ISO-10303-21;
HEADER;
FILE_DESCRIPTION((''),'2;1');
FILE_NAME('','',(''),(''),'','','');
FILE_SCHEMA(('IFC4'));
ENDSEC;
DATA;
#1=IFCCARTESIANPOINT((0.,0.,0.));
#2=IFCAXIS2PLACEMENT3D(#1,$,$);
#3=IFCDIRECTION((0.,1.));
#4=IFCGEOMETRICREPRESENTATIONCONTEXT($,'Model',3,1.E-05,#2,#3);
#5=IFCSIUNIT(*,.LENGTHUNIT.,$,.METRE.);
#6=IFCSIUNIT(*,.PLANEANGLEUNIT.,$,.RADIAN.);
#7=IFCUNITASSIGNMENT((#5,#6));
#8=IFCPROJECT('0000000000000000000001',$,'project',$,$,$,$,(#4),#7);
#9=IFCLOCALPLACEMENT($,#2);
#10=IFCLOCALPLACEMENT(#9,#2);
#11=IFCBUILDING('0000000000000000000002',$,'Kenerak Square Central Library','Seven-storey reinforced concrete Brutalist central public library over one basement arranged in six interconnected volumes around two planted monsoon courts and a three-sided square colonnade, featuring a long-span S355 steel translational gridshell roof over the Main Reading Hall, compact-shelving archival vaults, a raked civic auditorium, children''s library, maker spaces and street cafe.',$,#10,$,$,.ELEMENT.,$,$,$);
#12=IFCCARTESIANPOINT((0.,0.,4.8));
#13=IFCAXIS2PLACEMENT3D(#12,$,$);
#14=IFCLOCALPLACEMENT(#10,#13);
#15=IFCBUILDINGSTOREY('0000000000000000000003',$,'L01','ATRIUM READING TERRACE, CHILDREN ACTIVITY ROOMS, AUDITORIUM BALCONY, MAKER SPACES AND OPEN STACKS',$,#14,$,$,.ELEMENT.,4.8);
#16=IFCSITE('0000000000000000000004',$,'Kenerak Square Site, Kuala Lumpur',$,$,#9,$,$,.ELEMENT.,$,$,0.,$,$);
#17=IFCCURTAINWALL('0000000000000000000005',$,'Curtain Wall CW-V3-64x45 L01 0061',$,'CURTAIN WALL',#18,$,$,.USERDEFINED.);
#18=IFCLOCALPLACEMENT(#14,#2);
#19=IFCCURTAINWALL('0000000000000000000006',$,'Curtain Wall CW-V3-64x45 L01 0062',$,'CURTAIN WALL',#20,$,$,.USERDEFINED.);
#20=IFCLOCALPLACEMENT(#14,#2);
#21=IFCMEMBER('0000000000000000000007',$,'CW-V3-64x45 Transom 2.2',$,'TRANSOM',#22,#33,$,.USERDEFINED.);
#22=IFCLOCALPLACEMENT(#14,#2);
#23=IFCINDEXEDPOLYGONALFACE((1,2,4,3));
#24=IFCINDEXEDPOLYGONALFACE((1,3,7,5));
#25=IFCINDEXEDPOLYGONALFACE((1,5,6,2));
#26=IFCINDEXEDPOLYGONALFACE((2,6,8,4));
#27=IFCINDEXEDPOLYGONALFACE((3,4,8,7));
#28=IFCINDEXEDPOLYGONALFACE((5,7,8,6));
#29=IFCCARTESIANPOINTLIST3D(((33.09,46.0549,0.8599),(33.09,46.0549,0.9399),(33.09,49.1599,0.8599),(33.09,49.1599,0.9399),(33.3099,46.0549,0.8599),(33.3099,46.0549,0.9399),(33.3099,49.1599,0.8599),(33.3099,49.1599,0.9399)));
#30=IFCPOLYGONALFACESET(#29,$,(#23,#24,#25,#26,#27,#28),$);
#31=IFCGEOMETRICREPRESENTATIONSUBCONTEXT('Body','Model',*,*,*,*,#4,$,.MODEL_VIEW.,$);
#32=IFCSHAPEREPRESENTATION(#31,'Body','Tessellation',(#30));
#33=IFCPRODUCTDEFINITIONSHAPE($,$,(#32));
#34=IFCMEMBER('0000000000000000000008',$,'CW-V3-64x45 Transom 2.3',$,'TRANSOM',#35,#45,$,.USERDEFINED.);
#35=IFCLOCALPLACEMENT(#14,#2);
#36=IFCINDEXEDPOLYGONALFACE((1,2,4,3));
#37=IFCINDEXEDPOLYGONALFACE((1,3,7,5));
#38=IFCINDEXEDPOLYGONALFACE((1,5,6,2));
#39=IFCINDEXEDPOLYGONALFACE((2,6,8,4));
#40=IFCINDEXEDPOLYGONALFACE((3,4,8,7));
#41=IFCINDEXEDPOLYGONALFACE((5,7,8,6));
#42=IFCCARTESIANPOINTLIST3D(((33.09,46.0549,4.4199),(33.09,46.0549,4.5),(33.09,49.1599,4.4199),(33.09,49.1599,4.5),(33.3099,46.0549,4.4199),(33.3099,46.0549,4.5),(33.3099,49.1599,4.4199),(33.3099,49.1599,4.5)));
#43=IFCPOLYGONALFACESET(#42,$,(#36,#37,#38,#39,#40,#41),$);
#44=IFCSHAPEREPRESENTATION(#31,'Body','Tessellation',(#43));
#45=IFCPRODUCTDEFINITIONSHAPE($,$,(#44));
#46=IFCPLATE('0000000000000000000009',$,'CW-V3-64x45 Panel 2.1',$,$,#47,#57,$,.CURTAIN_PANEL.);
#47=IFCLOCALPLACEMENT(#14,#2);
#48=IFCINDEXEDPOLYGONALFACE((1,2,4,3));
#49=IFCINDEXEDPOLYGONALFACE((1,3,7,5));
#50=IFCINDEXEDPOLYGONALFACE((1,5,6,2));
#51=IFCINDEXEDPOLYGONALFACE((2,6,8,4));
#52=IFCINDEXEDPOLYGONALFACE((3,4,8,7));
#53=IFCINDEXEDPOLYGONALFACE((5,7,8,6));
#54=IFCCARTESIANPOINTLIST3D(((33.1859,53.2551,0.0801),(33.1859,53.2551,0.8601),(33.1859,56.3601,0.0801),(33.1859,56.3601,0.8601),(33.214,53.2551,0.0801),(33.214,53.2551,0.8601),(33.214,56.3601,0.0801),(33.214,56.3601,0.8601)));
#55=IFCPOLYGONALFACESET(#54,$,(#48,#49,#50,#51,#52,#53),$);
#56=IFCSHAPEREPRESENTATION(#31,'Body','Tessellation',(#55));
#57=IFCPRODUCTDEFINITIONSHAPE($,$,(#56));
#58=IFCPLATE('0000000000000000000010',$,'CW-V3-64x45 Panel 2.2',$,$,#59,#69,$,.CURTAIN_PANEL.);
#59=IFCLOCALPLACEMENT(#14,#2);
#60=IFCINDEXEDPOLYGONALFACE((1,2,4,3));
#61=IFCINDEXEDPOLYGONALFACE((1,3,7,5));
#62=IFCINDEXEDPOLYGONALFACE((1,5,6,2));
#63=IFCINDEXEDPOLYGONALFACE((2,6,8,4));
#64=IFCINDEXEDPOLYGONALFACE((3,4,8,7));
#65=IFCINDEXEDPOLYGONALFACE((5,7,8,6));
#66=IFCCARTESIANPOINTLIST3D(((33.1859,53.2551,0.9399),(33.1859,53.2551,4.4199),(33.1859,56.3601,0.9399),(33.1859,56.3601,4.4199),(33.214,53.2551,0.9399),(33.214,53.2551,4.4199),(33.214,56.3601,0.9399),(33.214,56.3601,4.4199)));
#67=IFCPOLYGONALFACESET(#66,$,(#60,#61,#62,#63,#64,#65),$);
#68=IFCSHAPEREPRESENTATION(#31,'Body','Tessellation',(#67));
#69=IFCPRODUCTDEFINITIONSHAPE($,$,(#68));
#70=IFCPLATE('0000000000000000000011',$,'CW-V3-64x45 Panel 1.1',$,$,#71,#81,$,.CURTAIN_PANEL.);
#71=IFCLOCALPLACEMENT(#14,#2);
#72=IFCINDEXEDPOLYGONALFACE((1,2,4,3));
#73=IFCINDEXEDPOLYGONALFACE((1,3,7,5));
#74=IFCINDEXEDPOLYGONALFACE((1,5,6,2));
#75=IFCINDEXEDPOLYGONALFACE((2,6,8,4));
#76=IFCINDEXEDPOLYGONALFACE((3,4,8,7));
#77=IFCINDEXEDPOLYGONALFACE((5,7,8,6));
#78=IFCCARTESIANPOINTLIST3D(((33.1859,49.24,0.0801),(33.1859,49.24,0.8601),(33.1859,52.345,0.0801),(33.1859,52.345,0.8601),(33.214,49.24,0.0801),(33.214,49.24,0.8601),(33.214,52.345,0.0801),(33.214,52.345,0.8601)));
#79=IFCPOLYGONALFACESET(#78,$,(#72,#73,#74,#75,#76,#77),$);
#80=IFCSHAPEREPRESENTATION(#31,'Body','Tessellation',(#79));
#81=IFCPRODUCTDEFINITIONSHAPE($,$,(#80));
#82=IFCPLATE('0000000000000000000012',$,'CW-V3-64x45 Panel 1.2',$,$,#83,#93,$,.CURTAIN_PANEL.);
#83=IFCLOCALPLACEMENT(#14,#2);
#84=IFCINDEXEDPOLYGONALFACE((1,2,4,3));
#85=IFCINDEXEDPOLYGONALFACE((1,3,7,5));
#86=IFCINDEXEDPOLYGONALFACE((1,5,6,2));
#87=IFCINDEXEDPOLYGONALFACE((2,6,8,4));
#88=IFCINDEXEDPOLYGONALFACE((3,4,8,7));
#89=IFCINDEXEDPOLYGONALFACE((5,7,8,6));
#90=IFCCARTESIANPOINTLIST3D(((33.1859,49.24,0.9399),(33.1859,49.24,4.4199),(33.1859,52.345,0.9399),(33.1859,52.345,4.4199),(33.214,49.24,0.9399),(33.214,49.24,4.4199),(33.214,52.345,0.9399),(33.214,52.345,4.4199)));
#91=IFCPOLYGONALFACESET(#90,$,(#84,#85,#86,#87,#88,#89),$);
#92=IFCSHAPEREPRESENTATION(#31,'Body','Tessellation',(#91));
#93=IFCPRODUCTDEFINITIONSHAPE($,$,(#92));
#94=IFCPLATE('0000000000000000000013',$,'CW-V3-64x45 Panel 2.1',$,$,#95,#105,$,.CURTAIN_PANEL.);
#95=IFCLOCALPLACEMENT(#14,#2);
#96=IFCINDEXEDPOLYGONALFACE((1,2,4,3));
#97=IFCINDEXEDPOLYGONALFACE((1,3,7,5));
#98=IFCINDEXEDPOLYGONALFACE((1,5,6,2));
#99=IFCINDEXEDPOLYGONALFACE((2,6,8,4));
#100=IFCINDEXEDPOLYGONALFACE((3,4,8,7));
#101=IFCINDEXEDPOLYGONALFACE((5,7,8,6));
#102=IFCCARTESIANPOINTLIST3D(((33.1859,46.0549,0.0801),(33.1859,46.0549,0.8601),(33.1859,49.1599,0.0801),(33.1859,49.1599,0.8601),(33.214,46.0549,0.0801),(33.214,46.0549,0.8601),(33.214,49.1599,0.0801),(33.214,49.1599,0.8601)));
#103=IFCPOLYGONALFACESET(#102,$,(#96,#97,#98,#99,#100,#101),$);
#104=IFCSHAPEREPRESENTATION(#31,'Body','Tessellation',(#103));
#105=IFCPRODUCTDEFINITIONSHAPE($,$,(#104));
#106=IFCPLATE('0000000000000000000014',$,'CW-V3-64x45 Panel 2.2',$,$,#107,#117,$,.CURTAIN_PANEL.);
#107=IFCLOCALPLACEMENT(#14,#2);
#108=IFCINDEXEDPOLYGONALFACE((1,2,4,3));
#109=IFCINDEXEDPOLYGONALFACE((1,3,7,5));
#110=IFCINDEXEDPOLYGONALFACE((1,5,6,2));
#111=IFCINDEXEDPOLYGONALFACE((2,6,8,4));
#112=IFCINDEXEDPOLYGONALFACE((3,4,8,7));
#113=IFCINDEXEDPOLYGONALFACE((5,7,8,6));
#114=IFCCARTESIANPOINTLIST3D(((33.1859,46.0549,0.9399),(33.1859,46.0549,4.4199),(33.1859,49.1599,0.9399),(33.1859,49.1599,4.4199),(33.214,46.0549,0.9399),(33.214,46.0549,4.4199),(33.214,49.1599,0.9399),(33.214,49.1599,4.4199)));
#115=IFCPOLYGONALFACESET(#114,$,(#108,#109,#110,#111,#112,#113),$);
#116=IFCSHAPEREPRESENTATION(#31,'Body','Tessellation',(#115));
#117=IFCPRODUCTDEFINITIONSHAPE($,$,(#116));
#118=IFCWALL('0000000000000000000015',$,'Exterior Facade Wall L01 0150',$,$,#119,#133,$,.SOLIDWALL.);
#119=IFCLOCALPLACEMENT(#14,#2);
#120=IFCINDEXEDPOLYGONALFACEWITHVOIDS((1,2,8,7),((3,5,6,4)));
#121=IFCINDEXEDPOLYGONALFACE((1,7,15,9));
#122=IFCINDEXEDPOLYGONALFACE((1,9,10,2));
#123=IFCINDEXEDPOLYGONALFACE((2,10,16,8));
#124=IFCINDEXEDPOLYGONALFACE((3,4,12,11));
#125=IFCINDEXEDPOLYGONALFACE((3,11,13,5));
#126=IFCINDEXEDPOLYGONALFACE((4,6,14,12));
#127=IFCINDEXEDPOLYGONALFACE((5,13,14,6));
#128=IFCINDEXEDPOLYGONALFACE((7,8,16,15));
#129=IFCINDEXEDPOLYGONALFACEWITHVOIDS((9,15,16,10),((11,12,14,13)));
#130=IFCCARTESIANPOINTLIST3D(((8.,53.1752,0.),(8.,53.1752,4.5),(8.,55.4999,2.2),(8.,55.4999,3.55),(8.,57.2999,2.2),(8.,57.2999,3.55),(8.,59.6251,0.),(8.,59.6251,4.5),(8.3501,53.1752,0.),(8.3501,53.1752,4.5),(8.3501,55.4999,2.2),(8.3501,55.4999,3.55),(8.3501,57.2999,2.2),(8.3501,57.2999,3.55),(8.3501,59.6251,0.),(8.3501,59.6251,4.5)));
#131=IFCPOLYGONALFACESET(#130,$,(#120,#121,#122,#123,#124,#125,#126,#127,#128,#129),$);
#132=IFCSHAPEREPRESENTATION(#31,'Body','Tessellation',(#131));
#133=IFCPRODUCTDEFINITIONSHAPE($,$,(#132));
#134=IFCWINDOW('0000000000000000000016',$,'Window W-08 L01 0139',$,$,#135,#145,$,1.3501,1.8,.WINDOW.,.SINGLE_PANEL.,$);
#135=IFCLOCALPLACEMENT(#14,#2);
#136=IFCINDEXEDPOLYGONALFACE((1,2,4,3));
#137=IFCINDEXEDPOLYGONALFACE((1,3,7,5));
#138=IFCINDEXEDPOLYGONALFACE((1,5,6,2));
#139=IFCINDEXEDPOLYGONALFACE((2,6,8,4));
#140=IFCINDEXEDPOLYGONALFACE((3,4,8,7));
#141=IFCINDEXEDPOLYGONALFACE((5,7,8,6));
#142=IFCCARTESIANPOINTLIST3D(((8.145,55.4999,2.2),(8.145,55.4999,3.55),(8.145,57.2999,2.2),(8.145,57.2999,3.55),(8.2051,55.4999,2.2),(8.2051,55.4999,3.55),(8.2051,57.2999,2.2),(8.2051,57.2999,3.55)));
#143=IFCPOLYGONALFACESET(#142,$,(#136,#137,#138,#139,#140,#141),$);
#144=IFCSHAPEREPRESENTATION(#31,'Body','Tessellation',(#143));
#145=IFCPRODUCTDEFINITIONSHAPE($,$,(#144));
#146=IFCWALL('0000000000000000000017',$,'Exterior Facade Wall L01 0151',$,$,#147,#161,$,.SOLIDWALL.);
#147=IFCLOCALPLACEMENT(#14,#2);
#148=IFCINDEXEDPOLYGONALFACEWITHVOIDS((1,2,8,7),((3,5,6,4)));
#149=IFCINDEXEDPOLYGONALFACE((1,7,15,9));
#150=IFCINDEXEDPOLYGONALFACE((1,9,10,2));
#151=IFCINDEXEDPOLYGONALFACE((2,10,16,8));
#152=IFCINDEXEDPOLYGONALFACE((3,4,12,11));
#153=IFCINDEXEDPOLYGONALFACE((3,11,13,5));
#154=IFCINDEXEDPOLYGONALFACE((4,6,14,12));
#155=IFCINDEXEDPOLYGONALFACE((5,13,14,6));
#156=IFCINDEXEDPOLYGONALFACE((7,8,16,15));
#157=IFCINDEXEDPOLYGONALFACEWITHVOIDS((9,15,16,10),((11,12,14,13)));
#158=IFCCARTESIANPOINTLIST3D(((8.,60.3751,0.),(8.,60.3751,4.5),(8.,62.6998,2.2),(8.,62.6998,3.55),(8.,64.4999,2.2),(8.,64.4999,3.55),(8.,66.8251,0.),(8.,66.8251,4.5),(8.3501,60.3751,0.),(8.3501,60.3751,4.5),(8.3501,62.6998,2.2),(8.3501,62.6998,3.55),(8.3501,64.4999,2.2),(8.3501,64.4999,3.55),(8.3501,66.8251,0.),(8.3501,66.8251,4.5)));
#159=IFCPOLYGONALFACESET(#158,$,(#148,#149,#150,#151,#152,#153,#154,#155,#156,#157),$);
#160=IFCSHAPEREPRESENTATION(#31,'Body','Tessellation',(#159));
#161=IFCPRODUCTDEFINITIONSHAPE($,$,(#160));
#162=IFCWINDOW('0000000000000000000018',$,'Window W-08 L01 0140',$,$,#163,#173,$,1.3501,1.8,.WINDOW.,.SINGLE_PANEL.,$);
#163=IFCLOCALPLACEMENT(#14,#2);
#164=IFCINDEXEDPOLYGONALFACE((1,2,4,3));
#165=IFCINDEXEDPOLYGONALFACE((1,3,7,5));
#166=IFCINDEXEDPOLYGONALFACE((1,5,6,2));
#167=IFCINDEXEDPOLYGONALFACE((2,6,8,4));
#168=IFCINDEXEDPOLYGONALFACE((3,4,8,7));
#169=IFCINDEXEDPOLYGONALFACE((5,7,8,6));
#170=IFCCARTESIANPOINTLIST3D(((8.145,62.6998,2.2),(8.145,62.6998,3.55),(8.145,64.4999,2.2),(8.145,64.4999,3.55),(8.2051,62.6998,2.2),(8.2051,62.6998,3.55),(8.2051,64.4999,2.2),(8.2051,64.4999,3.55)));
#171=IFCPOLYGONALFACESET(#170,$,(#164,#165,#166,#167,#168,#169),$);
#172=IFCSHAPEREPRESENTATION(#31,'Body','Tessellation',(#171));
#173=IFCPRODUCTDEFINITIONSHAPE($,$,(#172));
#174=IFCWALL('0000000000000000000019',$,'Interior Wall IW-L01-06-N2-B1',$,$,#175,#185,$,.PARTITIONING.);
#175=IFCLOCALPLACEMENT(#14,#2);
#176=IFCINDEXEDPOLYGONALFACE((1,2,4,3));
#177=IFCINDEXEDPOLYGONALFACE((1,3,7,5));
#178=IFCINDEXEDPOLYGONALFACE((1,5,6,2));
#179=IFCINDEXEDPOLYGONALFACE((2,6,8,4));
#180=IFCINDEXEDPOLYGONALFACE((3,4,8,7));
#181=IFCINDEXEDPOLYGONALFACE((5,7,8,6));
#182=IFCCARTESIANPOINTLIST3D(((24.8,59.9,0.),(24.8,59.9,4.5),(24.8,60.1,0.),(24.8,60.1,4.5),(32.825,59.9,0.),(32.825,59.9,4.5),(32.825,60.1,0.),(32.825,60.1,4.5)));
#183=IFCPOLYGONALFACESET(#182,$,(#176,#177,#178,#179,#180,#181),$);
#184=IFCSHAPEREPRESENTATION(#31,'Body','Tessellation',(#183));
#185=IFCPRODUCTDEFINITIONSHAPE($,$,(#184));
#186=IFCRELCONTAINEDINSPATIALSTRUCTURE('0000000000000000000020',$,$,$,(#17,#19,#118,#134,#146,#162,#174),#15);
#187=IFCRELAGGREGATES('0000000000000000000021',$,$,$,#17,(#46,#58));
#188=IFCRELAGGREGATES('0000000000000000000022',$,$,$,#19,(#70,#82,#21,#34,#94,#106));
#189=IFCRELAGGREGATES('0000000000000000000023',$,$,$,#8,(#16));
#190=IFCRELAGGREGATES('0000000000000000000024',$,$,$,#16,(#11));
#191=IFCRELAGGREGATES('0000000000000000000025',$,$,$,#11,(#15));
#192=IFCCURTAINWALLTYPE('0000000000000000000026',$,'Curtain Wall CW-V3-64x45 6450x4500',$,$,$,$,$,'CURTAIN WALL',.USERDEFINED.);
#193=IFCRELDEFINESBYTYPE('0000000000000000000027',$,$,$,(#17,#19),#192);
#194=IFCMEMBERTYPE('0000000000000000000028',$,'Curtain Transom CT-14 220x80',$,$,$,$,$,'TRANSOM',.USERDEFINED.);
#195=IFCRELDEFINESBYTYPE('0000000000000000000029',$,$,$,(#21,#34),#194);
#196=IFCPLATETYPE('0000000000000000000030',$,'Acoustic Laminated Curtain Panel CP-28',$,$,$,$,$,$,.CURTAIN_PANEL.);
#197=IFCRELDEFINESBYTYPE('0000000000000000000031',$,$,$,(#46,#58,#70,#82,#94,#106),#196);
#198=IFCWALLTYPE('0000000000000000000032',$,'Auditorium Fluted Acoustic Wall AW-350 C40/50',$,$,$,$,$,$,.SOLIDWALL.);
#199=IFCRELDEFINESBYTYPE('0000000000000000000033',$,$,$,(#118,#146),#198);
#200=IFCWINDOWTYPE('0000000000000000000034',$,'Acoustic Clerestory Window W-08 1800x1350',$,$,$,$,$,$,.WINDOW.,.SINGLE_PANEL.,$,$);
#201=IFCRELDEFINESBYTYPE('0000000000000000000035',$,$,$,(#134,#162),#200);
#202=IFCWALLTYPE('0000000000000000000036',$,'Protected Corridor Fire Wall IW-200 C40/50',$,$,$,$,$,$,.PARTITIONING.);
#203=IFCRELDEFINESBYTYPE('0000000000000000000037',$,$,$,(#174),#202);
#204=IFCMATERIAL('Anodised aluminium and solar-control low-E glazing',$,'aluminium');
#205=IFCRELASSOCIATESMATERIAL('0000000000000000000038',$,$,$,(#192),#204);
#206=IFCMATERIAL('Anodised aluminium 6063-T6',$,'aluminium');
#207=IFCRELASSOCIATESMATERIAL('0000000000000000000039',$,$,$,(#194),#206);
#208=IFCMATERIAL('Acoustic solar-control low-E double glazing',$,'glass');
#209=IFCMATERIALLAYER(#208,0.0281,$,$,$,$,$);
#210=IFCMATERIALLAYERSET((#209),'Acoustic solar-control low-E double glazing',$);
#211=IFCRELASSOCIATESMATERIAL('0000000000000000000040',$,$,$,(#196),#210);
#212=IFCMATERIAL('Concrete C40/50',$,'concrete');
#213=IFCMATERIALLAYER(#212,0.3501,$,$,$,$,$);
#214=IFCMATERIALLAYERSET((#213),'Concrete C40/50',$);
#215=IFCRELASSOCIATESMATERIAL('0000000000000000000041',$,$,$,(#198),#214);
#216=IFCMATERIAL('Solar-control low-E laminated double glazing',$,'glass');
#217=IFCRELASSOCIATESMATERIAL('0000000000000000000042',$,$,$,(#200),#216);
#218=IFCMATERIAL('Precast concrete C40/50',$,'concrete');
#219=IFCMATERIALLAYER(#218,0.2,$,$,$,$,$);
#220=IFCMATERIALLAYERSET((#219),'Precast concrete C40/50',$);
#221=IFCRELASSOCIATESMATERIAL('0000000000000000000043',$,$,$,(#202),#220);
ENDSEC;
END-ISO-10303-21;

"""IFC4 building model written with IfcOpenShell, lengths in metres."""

from ifc_helpers import new_model, si_unit, direction, frame, frame_2d, origin, origin_2d, place, context, subcontext, project, spatial, rectangle, extrude, material, layer, layer_set, material_profile, profile_set, type_object, element, fill, aggregate, save


model = new_model("IFC4")

# Units and contexts
model_context = context("Model", 3, precision=1e-05, world=origin(), true_north=direction((0.0, 1.0)))
body_context = subcontext(model_context, "Body", "Model", "MODEL_VIEW")
ifc_project = project(units=[si_unit("LENGTHUNIT", "METRE"), si_unit("PLANEANGLEUNIT", "RADIAN")], contexts=[model_context])

# Site, building, storey
site_placement = place(None, origin())
site = spatial("IfcSite", under=ifc_project, at=site_placement, Name="Kenerak Square Site, Kuala Lumpur", CompositionType="ELEMENT", RefElevation=0.0)
building_placement = place(site_placement, origin())
building = spatial("IfcBuilding", under=site, at=building_placement, Name="Kenerak Square Central Library", Description="Seven-storey reinforced concrete Brutalist central public library over one basement arranged in six interconnected volumes around two planted monsoon courts and a three-sided square colonnade, featuring a long-span S355 steel translational gridshell roof over the Main Reading Hall, compact-shelving archival vaults, a raked civic auditorium, children's library, maker spaces and street cafe.", CompositionType="ELEMENT")
storey_placement = place(building_placement, frame((0.0, 0.0, 4.8)))
storey = spatial("IfcBuildingStorey", under=building, at=storey_placement, Name="L01", Description="ATRIUM READING TERRACE, CHILDREN ACTIVITY ROOMS, AUDITORIUM BALCONY, MAKER SPACES AND OPEN STACKS", CompositionType="ELEMENT", Elevation=4.8)

# Shared definitions
ifc_material_1 = material(Name="Concrete C40/50", Category="concrete")

# Curtain wall
ifc_material_2 = material(Name="Anodised aluminium and solar-control low-E glazing", Category="aluminium")
curtain_wall_type = type_object("IfcCurtainWallType", Name="Curtain Wall CW-V3-64x45 6450x4500", ElementType="CURTAIN WALL", PredefinedType="USERDEFINED", material=ifc_material_2)
curtain_wall_1_placement = place(storey_placement, origin())
curtain_wall_1 = element("IfcCurtainWall", 1, at=curtain_wall_1_placement, inside=storey, type_object=curtain_wall_type, Name="Curtain Wall CW-V3-64x45 L01 0061", ObjectType="CURTAIN WALL", PredefinedType="USERDEFINED")
ifc_material_3 = material(Name="Anodised aluminium 6063-T6", Category="aluminium")

# Curtain wall, members
curtain_wall_2_placement = place(storey_placement, origin())
curtain_wall_2 = element("IfcCurtainWall", 2, at=curtain_wall_2_placement, inside=storey, type_object=curtain_wall_type, Name="Curtain Wall CW-V3-64x45 L01 0062", ObjectType="CURTAIN WALL", PredefinedType="USERDEFINED")
ifc_material_profile_1 = material_profile(ifc_material_3, rectangle(XDim=0.22, YDim=0.0801, at=origin_2d()), Name="AL TRANSOM 220x80")
ifc_profile_set_1 = profile_set([ifc_material_profile_1], Name="Anodised aluminium 6063-T6")
member_type_1 = type_object("IfcMemberType", Name="Curtain Transom CT-14 220x80", ElementType="TRANSOM", PredefinedType="USERDEFINED", material=ifc_profile_set_1)
member_1_placement = place(storey_placement, frame((33.2, 49.1599, 0.8999), z_axis=(0.0, -1.0, 0.0), x_axis=(1.0, 0.0, 0.0)))
member_1 = element("IfcMember", 3, at=member_1_placement, type_object=member_type_1, Name="CW-V3-64x45 Transom 2.2", ObjectType="TRANSOM", PredefinedType="USERDEFINED", context=body_context, shape_type="SweptSolid", body=[
    extrude(rectangle(XDim=0.22, YDim=0.0801, at=origin_2d()), origin(), (0.0, 0.0, 1.0), 3.105),
])
member_2_placement = place(storey_placement, frame((33.2, 49.1599, 4.46), z_axis=(0.0, -1.0, 0.0), x_axis=(1.0, 0.0, 0.0)))
member_2 = element("IfcMember", 4, at=member_2_placement, type_object=member_type_1, Name="CW-V3-64x45 Transom 2.3", ObjectType="TRANSOM", PredefinedType="USERDEFINED", context=body_context, shape_type="SweptSolid", body=[
    extrude(rectangle(XDim=0.22, YDim=0.0801, at=origin_2d()), origin(), (0.0, 0.0, 1.0), 3.105),
])

# Plates
ifc_material_4 = material(Name="Acoustic solar-control low-E double glazing", Category="glass")
ifc_layer_1 = layer(ifc_material_4, 0.0281)
ifc_layer_set_1 = layer_set([ifc_layer_1], Name="Acoustic solar-control low-E double glazing")
plate_type = type_object("IfcPlateType", Name="Acoustic Laminated Curtain Panel CP-28", PredefinedType="CURTAIN_PANEL", material=ifc_layer_set_1)
plate_1_placement = place(storey_placement, frame((33.2, 54.8076, 0.0801), z_axis=(0.0, 0.0, 1.0), x_axis=(0.0, -1.0, 0.0)))
plate_1 = element("IfcPlate", 5, at=plate_1_placement, type_object=plate_type, Name="CW-V3-64x45 Panel 2.1", PredefinedType="CURTAIN_PANEL", context=body_context, shape_type="SweptSolid", body=[
    extrude(rectangle(XDim=3.105, YDim=0.0281, at=origin_2d()), origin(), (0.0, 0.0, 1.0), 0.78),
])
plate_2_placement = place(storey_placement, frame((33.2, 54.8076, 0.9399), z_axis=(0.0, 0.0, 1.0), x_axis=(0.0, -1.0, 0.0)))
plate_2 = element("IfcPlate", 6, at=plate_2_placement, type_object=plate_type, Name="CW-V3-64x45 Panel 2.2", PredefinedType="CURTAIN_PANEL", context=body_context, shape_type="SweptSolid", body=[
    extrude(rectangle(XDim=3.105, YDim=0.0281, at=origin_2d()), origin(), (0.0, 0.0, 1.0), 3.48),
])
aggregate(curtain_wall_1, [plate_1, plate_2])
plate_3_placement = place(storey_placement, frame((33.2, 50.7925, 0.0801), z_axis=(0.0, 0.0, 1.0), x_axis=(0.0, -1.0, 0.0)))
plate_3 = element("IfcPlate", 7, at=plate_3_placement, type_object=plate_type, Name="CW-V3-64x45 Panel 1.1", PredefinedType="CURTAIN_PANEL", context=body_context, shape_type="SweptSolid", body=[
    extrude(rectangle(XDim=3.105, YDim=0.0281, at=origin_2d()), origin(), (0.0, 0.0, 1.0), 0.78),
])
plate_4_placement = place(storey_placement, frame((33.2, 50.7925, 0.9399), z_axis=(0.0, 0.0, 1.0), x_axis=(0.0, -1.0, 0.0)))
plate_4 = element("IfcPlate", 8, at=plate_4_placement, type_object=plate_type, Name="CW-V3-64x45 Panel 1.2", PredefinedType="CURTAIN_PANEL", context=body_context, shape_type="SweptSolid", body=[
    extrude(rectangle(XDim=3.105, YDim=0.0281, at=origin_2d()), origin(), (0.0, 0.0, 1.0), 3.48),
])
plate_5_placement = place(storey_placement, frame((33.2, 47.6074, 0.0801), z_axis=(0.0, 0.0, 1.0), x_axis=(0.0, -1.0, 0.0)))
plate_5 = element("IfcPlate", 9, at=plate_5_placement, type_object=plate_type, Name="CW-V3-64x45 Panel 2.1", PredefinedType="CURTAIN_PANEL", context=body_context, shape_type="SweptSolid", body=[
    extrude(rectangle(XDim=3.105, YDim=0.0281, at=origin_2d()), origin(), (0.0, 0.0, 1.0), 0.78),
])
plate_6_placement = place(storey_placement, frame((33.2, 47.6074, 0.9399), z_axis=(0.0, 0.0, 1.0), x_axis=(0.0, -1.0, 0.0)))
plate_6 = element("IfcPlate", 10, at=plate_6_placement, type_object=plate_type, Name="CW-V3-64x45 Panel 2.2", PredefinedType="CURTAIN_PANEL", context=body_context, shape_type="SweptSolid", body=[
    extrude(rectangle(XDim=3.105, YDim=0.0281, at=origin_2d()), origin(), (0.0, 0.0, 1.0), 3.48),
])
aggregate(curtain_wall_2, [plate_3, plate_4, member_1, member_2, plate_5, plate_6])

# Walls, openings, windows
ifc_layer_2 = layer(ifc_material_1, 0.3501)
ifc_layer_set_2 = layer_set([ifc_layer_2], Name="Concrete C40/50")
wall_type_1 = type_object("IfcWallType", Name="Auditorium Fluted Acoustic Wall AW-350 C40/50", PredefinedType="SOLIDWALL", material=ifc_layer_set_2)
wall_1_placement = place(storey_placement, frame((8.175, 53.175, 0.0), z_axis=(0.0, 0.0, 1.0), x_axis=(0.0, 1.0, 0.0)))
wall_1 = element("IfcWall", 11, at=wall_1_placement, inside=storey, type_object=wall_type_1, Name="Exterior Facade Wall L01 0150", PredefinedType="SOLIDWALL", context=body_context, shape_type="SweptSolid", body=[
    extrude(rectangle(XDim=6.45, YDim=0.3501, at=frame_2d((3.2251, 0.0))), origin(), (0.0, 0.0, 1.0), 4.5),
])
opening_1_placement = place(wall_1_placement, frame((2.325, 0.0, 2.2)))
opening_1 = element("IfcOpeningElement", 12, at=opening_1_placement, cuts=wall_1, PredefinedType="OPENING", context=body_context, shape_type="SweptSolid", body=[
    extrude(rectangle(XDim=1.8, YDim=1.3501, at=frame_2d((0.8999, 0.675))), frame((0.0, 0.1851, 0.0), z_axis=(0.0, -1.0, 0.0), x_axis=(1.0, 0.0, 0.0)), (0.0, 0.0, 1.0), 0.3701),
])
ifc_material_5 = material(Name="Solar-control low-E laminated double glazing", Category="glass")
window_type = type_object("IfcWindowType", Name="Acoustic Clerestory Window W-08 1800x1350", PartitioningType="SINGLE_PANEL", PredefinedType="WINDOW", material=ifc_material_5)
window_1_placement = place(opening_1_placement, origin())
window_1 = element("IfcWindow", 13, at=window_1_placement, inside=storey, type_object=window_type, Name="Window W-08 L01 0139", OverallHeight=1.3501, OverallWidth=1.8, PartitioningType="SINGLE_PANEL", PredefinedType="WINDOW", context=body_context, shape_type="SweptSolid", body=[
    extrude(rectangle(XDim=1.8, YDim=1.3501, at=frame_2d((0.8999, 0.675))), frame((0.0, 0.03, 0.0), z_axis=(0.0, -1.0, 0.0), x_axis=(1.0, 0.0, 0.0)), (0.0, 0.0, 1.0), 0.0601),
])
fill(opening_1, window_1)
wall_2_placement = place(storey_placement, frame((8.175, 60.375, 0.0), z_axis=(0.0, 0.0, 1.0), x_axis=(0.0, 1.0, 0.0)))
wall_2 = element("IfcWall", 14, at=wall_2_placement, inside=storey, type_object=wall_type_1, Name="Exterior Facade Wall L01 0151", PredefinedType="SOLIDWALL", context=body_context, shape_type="SweptSolid", body=[
    extrude(rectangle(XDim=6.45, YDim=0.3501, at=frame_2d((3.2251, 0.0))), origin(), (0.0, 0.0, 1.0), 4.5),
])
opening_2_placement = place(wall_2_placement, frame((2.325, 0.0, 2.2)))
opening_2 = element("IfcOpeningElement", 15, at=opening_2_placement, cuts=wall_2, PredefinedType="OPENING", context=body_context, shape_type="SweptSolid", body=[
    extrude(rectangle(XDim=1.8, YDim=1.3501, at=frame_2d((0.8999, 0.675))), frame((0.0, 0.1851, 0.0), z_axis=(0.0, -1.0, 0.0), x_axis=(1.0, 0.0, 0.0)), (0.0, 0.0, 1.0), 0.3701),
])
window_2_placement = place(opening_2_placement, origin())
window_2 = element("IfcWindow", 16, at=window_2_placement, inside=storey, type_object=window_type, Name="Window W-08 L01 0140", OverallHeight=1.3501, OverallWidth=1.8, PartitioningType="SINGLE_PANEL", PredefinedType="WINDOW", context=body_context, shape_type="SweptSolid", body=[
    extrude(rectangle(XDim=1.8, YDim=1.3501, at=frame_2d((0.8999, 0.675))), frame((0.0, 0.03, 0.0), z_axis=(0.0, -1.0, 0.0), x_axis=(1.0, 0.0, 0.0)), (0.0, 0.0, 1.0), 0.0601),
])
fill(opening_2, window_2)

# Wall
ifc_material_6 = material(Name="Precast concrete C40/50", Category="concrete")
ifc_layer_3 = layer(ifc_material_6, 0.2)
ifc_layer_set_3 = layer_set([ifc_layer_3], Name="Precast concrete C40/50")
wall_type_2 = type_object("IfcWallType", Name="Protected Corridor Fire Wall IW-200 C40/50", PredefinedType="PARTITIONING", material=ifc_layer_set_3)
wall_3_placement = place(storey_placement, frame((24.8, 60.0, 0.0), z_axis=(0.0, 0.0, 1.0), x_axis=(1.0, 0.0, 0.0)))
element("IfcWall", 17, at=wall_3_placement, inside=storey, type_object=wall_type_2, Name="Interior Wall IW-L01-06-N2-B1", PredefinedType="PARTITIONING", context=body_context, shape_type="SweptSolid", body=[
    extrude(rectangle(XDim=8.0249, YDim=0.2, at=frame_2d((4.0125, 0.0))), origin(), (0.0, 0.0, 1.0), 4.5),
])

save(model, "model.ifc")
